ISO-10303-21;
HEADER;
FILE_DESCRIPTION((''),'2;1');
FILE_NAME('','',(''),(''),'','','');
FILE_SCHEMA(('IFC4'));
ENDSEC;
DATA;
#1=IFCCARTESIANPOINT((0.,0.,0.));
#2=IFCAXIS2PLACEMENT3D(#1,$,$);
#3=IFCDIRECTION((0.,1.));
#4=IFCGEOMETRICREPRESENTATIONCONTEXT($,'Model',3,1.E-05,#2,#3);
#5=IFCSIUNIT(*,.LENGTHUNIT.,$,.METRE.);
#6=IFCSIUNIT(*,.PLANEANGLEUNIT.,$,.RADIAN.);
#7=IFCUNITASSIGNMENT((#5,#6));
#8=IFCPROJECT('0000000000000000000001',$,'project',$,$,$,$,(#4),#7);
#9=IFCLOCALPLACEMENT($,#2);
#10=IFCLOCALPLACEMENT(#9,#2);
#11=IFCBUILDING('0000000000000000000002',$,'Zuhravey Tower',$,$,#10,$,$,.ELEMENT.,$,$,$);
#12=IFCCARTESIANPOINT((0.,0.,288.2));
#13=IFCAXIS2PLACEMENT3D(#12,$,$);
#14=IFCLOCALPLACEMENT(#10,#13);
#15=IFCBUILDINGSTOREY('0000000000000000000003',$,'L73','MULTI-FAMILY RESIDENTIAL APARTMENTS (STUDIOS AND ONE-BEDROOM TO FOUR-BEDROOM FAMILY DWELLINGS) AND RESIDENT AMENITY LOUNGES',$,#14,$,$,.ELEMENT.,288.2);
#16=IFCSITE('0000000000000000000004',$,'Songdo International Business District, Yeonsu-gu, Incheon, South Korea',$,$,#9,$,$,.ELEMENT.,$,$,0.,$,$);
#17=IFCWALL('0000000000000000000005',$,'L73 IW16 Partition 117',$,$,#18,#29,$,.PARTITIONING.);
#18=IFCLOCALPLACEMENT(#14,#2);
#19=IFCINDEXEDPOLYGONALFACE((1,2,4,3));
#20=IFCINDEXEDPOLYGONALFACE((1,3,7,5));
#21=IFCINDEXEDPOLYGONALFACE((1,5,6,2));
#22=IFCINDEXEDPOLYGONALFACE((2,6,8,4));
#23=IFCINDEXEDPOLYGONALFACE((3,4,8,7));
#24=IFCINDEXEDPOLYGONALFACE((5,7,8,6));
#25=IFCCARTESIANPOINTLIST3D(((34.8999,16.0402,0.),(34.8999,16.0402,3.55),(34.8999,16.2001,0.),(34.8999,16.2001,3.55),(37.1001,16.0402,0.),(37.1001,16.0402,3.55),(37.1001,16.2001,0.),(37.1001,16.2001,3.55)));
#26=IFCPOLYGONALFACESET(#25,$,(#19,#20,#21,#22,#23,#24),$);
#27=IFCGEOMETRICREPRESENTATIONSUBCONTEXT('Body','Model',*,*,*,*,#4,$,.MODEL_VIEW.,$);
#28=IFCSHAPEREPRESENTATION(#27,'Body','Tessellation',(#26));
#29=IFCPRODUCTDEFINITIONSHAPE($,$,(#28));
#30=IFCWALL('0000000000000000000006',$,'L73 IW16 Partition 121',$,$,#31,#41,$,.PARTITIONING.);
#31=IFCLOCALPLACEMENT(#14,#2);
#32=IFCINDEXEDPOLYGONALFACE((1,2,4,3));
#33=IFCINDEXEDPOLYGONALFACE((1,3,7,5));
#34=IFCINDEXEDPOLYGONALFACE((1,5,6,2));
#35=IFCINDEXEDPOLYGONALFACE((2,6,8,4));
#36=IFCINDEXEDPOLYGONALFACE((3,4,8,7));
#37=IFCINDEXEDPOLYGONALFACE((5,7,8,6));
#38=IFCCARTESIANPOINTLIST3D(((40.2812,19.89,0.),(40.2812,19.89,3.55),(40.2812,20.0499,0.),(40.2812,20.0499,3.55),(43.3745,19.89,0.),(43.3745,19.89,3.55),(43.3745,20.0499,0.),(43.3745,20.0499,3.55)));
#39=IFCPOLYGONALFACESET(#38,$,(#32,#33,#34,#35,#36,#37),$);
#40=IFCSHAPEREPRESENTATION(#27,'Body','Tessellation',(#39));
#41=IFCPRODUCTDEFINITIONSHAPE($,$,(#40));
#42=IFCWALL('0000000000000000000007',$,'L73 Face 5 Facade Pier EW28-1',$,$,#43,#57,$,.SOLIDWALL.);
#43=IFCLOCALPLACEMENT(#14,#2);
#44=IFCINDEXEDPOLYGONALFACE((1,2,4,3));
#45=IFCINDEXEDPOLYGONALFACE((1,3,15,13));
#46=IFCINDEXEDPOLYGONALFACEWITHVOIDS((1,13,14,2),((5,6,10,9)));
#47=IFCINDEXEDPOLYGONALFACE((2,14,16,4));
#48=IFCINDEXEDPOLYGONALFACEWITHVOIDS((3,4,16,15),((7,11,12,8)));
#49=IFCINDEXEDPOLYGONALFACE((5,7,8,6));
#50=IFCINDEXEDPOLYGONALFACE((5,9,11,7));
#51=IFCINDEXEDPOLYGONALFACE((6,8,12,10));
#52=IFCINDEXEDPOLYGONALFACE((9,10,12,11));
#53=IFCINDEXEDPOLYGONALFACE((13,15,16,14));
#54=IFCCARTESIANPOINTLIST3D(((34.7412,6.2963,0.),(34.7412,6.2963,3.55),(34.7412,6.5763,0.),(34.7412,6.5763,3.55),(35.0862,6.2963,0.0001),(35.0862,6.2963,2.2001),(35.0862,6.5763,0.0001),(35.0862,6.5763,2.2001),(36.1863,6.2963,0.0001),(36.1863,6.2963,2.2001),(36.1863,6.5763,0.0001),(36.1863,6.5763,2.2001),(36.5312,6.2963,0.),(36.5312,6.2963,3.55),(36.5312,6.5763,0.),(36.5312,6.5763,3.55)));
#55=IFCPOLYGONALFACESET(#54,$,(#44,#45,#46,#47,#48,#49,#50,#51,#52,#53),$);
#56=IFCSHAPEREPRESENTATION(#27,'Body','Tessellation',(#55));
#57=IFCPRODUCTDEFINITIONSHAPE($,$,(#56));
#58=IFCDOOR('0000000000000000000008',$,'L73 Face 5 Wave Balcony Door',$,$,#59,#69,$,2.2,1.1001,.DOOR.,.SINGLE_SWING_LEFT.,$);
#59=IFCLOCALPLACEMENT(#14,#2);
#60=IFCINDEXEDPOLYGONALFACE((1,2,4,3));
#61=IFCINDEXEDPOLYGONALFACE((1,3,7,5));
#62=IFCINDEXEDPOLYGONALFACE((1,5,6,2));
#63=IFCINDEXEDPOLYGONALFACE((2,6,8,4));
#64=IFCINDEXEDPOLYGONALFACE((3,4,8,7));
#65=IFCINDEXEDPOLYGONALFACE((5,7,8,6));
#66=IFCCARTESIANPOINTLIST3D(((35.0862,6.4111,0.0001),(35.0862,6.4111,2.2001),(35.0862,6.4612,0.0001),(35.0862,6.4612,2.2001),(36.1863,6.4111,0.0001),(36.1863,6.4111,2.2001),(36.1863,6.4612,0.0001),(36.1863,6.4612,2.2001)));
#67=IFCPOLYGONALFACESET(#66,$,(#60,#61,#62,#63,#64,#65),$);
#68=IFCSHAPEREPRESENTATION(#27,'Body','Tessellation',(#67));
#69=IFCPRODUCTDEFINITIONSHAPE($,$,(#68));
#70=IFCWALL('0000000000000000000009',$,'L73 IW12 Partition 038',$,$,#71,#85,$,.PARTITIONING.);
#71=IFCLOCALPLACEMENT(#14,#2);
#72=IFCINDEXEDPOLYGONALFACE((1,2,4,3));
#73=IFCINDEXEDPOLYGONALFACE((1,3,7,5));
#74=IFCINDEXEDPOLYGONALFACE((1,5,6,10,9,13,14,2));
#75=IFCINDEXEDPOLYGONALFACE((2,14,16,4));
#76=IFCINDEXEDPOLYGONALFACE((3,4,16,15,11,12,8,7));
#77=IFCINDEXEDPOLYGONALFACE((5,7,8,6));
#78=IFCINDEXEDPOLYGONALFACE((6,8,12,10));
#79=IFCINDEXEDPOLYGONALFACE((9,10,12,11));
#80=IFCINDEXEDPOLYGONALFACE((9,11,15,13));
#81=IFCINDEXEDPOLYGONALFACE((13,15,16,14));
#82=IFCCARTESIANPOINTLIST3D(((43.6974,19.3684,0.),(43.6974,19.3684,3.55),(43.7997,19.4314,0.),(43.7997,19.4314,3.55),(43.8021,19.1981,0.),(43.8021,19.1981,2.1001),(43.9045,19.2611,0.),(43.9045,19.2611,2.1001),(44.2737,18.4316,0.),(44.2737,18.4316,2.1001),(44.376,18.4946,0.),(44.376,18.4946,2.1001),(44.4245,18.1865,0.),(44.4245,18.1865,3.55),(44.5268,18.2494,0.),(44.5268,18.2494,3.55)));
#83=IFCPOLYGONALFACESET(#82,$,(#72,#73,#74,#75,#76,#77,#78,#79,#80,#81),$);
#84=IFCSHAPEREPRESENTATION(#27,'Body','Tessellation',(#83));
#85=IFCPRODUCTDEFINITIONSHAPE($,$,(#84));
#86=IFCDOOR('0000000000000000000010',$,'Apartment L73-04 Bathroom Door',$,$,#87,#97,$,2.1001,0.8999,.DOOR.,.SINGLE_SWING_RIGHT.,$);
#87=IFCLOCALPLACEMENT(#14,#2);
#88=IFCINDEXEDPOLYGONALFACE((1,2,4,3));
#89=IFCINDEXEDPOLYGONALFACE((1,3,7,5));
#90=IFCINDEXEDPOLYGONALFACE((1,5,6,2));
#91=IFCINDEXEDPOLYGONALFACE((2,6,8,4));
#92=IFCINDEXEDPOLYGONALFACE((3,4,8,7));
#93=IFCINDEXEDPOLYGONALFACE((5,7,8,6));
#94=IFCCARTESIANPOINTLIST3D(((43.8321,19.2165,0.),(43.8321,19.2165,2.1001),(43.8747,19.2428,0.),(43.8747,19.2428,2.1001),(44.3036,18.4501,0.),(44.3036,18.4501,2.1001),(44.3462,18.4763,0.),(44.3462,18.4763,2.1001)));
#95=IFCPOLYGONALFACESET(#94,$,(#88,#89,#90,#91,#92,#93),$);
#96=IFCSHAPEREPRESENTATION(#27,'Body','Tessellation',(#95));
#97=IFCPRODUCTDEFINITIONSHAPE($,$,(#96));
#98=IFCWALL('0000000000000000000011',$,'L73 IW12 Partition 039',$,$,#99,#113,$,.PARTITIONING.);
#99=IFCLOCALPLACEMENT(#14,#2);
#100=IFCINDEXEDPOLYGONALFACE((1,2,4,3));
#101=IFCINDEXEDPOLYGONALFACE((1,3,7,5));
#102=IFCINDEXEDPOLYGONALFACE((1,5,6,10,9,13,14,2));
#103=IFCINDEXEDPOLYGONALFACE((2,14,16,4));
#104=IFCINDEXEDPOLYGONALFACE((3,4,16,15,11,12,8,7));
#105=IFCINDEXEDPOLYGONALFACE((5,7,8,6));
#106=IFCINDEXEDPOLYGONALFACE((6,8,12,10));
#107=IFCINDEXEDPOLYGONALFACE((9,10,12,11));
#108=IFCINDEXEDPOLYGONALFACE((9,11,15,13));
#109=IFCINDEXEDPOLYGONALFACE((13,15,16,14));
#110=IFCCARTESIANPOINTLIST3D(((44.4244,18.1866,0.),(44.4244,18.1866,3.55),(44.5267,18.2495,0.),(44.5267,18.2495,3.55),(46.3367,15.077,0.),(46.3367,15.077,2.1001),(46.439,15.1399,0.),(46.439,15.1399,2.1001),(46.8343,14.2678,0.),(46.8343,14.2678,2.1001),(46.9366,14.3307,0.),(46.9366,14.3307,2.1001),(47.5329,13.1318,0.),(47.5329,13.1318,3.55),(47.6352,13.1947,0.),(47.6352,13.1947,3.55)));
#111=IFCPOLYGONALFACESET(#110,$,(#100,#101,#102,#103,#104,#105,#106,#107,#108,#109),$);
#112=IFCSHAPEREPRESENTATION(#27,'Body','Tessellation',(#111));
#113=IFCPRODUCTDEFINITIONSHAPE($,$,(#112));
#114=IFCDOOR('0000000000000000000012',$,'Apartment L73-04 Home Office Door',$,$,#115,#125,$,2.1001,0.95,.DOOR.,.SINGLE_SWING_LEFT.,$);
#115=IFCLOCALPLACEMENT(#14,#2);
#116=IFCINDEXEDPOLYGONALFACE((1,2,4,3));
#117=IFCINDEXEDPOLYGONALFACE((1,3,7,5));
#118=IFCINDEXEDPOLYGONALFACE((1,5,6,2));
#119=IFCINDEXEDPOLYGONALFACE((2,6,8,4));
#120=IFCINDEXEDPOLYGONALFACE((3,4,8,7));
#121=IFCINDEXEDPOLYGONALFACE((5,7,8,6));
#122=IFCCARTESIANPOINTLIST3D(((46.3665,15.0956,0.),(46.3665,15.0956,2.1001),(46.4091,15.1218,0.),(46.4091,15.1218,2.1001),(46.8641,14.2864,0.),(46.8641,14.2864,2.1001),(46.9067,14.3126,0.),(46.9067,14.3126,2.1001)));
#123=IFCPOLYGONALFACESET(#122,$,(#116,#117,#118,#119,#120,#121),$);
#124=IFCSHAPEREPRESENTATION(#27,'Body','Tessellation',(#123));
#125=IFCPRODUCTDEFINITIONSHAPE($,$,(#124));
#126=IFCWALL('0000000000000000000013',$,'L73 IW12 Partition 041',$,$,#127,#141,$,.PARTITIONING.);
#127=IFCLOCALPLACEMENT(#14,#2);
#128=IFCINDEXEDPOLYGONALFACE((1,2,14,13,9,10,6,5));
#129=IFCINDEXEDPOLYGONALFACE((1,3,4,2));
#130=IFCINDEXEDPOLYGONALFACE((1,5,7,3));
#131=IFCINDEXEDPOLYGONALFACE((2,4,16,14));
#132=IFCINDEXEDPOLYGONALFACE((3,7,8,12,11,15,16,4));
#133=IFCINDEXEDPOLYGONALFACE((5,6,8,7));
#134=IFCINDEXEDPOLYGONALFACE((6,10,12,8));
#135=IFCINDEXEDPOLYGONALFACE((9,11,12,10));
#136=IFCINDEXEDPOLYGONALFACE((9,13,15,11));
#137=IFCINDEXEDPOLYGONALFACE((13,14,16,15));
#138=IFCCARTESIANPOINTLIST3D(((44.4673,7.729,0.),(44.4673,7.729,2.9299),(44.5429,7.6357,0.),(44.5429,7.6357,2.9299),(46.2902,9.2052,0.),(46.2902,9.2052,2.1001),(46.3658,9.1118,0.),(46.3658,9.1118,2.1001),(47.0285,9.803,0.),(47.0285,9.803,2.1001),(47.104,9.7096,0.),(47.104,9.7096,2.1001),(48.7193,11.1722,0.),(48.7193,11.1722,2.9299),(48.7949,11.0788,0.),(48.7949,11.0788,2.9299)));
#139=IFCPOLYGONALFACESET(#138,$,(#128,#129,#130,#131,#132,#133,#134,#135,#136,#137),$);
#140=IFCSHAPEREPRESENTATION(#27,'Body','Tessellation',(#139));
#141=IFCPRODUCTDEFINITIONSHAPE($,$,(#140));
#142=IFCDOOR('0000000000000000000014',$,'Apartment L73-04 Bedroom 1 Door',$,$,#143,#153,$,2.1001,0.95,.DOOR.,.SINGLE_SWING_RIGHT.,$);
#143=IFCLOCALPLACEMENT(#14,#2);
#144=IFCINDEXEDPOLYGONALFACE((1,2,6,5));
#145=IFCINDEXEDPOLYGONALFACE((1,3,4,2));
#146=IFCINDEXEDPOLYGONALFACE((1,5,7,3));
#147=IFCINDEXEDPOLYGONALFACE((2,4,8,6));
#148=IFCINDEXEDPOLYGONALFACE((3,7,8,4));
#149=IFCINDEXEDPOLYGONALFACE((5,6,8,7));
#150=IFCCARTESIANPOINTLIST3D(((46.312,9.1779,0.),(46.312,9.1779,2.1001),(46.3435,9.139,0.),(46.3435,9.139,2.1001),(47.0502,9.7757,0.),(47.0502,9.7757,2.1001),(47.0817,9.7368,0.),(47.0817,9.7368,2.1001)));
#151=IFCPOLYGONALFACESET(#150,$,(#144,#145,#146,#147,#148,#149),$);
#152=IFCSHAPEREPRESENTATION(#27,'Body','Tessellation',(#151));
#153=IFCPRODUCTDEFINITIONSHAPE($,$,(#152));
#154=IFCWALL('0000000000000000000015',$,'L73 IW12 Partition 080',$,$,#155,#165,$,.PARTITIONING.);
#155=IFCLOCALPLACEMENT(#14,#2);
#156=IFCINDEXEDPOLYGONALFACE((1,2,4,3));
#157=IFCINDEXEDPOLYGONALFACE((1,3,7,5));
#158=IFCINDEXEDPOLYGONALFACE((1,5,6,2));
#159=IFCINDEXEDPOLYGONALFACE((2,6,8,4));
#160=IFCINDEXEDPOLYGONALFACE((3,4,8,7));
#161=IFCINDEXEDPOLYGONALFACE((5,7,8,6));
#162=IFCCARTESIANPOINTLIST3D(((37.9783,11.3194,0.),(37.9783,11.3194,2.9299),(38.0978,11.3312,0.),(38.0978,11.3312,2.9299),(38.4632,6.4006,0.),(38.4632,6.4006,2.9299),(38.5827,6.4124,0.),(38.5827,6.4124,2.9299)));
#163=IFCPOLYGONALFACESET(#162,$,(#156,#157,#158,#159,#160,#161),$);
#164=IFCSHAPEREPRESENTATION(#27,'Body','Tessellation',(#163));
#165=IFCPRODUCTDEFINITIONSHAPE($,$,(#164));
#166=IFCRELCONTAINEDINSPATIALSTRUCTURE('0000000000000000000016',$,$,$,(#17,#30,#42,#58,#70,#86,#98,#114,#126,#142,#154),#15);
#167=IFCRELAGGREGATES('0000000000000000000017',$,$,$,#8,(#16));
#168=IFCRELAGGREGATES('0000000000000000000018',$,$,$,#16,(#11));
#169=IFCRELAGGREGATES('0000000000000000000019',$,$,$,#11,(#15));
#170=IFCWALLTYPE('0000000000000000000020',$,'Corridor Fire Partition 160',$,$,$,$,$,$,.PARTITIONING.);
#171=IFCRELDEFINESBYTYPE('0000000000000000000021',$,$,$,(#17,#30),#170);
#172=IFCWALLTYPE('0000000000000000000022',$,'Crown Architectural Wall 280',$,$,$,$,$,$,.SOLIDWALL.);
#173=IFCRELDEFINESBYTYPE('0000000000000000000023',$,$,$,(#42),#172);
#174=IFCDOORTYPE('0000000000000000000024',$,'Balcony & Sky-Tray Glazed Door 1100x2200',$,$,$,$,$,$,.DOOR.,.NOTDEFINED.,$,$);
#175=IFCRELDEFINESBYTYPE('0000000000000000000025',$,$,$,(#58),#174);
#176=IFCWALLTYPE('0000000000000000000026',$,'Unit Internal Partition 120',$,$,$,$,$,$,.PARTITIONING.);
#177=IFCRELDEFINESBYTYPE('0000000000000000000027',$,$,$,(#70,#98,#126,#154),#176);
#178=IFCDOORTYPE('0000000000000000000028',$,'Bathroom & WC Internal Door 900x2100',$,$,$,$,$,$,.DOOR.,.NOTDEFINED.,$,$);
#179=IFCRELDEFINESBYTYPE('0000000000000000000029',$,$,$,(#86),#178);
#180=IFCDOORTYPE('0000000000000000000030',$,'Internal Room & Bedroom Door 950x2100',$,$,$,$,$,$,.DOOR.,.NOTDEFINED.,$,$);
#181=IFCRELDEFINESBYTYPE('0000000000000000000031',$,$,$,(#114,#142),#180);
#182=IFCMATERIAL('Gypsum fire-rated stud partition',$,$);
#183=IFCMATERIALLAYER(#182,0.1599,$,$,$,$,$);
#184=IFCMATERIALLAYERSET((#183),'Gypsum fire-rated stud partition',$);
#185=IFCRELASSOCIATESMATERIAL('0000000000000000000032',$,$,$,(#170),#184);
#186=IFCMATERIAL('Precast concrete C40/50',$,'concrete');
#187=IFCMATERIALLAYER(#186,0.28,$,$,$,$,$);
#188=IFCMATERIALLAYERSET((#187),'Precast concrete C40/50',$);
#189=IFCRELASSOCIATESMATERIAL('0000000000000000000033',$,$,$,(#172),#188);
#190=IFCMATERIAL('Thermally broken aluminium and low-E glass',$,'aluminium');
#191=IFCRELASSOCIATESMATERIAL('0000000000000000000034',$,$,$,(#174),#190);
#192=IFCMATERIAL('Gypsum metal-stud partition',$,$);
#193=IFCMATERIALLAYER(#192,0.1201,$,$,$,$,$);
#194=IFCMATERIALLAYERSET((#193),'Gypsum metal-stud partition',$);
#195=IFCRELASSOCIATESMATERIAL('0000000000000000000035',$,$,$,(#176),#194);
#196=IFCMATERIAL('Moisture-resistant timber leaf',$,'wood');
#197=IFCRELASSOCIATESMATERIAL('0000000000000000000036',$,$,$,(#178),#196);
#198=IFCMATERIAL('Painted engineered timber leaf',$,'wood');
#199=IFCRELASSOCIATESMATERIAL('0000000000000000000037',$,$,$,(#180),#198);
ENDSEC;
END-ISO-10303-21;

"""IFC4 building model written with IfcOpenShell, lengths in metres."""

from ifc_helpers import new_model, si_unit, direction, frame, frame_2d, origin, place, context, subcontext, project, spatial, rectangle, extrude, material, layer, layer_set, type_object, element, fill, save


model = new_model("IFC4")

# Units and contexts
model_context = context("Model", 3, precision=1e-05, world=origin(), true_north=direction((0.0, 1.0)))
body_context = subcontext(model_context, "Body", "Model", "MODEL_VIEW")
ifc_project = project(units=[si_unit("LENGTHUNIT", "METRE"), si_unit("PLANEANGLEUNIT", "RADIAN")], contexts=[model_context])

# Site, building, storey
site_placement = place(None, origin())
site = spatial("IfcSite", under=ifc_project, at=site_placement, Name="Songdo International Business District, Yeonsu-gu, Incheon, South Korea", CompositionType="ELEMENT", RefElevation=0.0)
building_placement = place(site_placement, origin())
building = spatial("IfcBuilding", under=site, at=building_placement, Name="Zuhravey Tower", CompositionType="ELEMENT")
storey_placement = place(building_placement, frame((0.0, 0.0, 288.2)))
storey = spatial("IfcBuildingStorey", under=building, at=storey_placement, Name="L73", Description="MULTI-FAMILY RESIDENTIAL APARTMENTS (STUDIOS AND ONE-BEDROOM TO FOUR-BEDROOM FAMILY DWELLINGS) AND RESIDENT AMENITY LOUNGES", CompositionType="ELEMENT", Elevation=288.2)

# Shared definitions
ifc_material_1 = material(Name="Gypsum fire-rated stud partition")
ifc_layer_1 = layer(ifc_material_1, 0.1599)
ifc_layer_set_1 = layer_set([ifc_layer_1], Name="Gypsum fire-rated stud partition")
wall_type_1 = type_object("IfcWallType", Name="Corridor Fire Partition 160", PredefinedType="PARTITIONING", material=ifc_layer_set_1)

# Walls
wall_1_placement = place(storey_placement, frame((34.8999, 16.1201, 0.0), z_axis=(0.0, 0.0, 1.0), x_axis=(1.0, 0.0, 0.0)))
element("IfcWall", 1, at=wall_1_placement, inside=storey, type_object=wall_type_1, Name="L73 IW16 Partition 117", PredefinedType="PARTITIONING", context=body_context, shape_type="SweptSolid", body=[
    extrude(rectangle(XDim=2.2002, YDim=0.1599, at=frame_2d((1.1001, 0.0))), origin(), (0.0, 0.0, 1.0), 3.55),
])
wall_2_placement = place(storey_placement, frame((40.2812, 19.97, 0.0), z_axis=(0.0, 0.0, 1.0), x_axis=(1.0, 0.0, 0.0)))
element("IfcWall", 2, at=wall_2_placement, inside=storey, type_object=wall_type_1, Name="L73 IW16 Partition 121", PredefinedType="PARTITIONING", context=body_context, shape_type="SweptSolid", body=[
    extrude(rectangle(XDim=3.0933, YDim=0.1599, at=frame_2d((1.5466, 0.0))), origin(), (0.0, 0.0, 1.0), 3.55),
])

# Walls, openings, doors
ifc_material_2 = material(Name="Precast concrete C40/50", Category="concrete")
ifc_layer_2 = layer(ifc_material_2, 0.28)
ifc_layer_set_2 = layer_set([ifc_layer_2], Name="Precast concrete C40/50")
wall_type_2 = type_object("IfcWallType", Name="Crown Architectural Wall 280", PredefinedType="SOLIDWALL", material=ifc_layer_set_2)
wall_3_placement = place(storey_placement, frame((36.5312, 6.4363, 0.0), z_axis=(0.0, 0.0, 1.0), x_axis=(-1.0, 0.0, 0.0)))
wall_3 = element("IfcWall", 3, at=wall_3_placement, inside=storey, type_object=wall_type_2, Name="L73 Face 5 Facade Pier EW28-1", PredefinedType="SOLIDWALL", context=body_context, shape_type="SweptSolid", body=[
    extrude(rectangle(XDim=1.79, YDim=0.28, at=frame_2d((0.895, 0.0))), origin(), (0.0, 0.0, 1.0), 3.55),
])
opening_1_placement = place(wall_3_placement, frame((0.345, 0.0, 0.0)))
opening_1 = element("IfcOpeningElement", 4, at=opening_1_placement, cuts=wall_3, PredefinedType="OPENING", context=body_context, shape_type="SweptSolid", body=[
    extrude(rectangle(XDim=1.1001, YDim=2.2, at=frame_2d((0.55, 1.1001))), frame((0.0, 0.1521, 0.0), z_axis=(0.0, -1.0, 0.0), x_axis=(1.0, 0.0, 0.0)), (0.0, 0.0, 1.0), 0.304),
])
ifc_material_3 = material(Name="Thermally broken aluminium and low-E glass", Category="aluminium")
door_type_1 = type_object("IfcDoorType", Name="Balcony & Sky-Tray Glazed Door 1100x2200", OperationType="NOTDEFINED", PredefinedType="DOOR", material=ifc_material_3)
door_1_placement = place(opening_1_placement, frame((1.1001, 0.0, 0.0), z_axis=(0.0, 0.0, 1.0), x_axis=(-1.0, 0.0, 0.0)))
door_1 = element("IfcDoor", 5, at=door_1_placement, inside=storey, type_object=door_type_1, Name="L73 Face 5 Wave Balcony Door", OperationType="SINGLE_SWING_LEFT", OverallHeight=2.2, OverallWidth=1.1001, PredefinedType="DOOR", context=body_context, shape_type="SweptSolid", body=[
    extrude(rectangle(XDim=1.1001, YDim=2.2, at=frame_2d((0.55, 1.1001))), frame((0.0, 0.0249, 0.0), z_axis=(0.0, -1.0, 0.0), x_axis=(1.0, 0.0, 0.0)), (0.0, 0.0, 1.0), 0.05),
])
fill(opening_1, door_1)
ifc_material_4 = material(Name="Gypsum metal-stud partition")
ifc_layer_3 = layer(ifc_material_4, 0.1201)
ifc_layer_set_3 = layer_set([ifc_layer_3], Name="Gypsum metal-stud partition")
wall_type_3 = type_object("IfcWallType", Name="Unit Internal Partition 120", PredefinedType="PARTITIONING", material=ifc_layer_set_3)
wall_4_placement = place(storey_placement, frame((43.7485, 19.3999, 0.0), z_axis=(0.0, 0.0, 1.0), x_axis=(0.52396, -0.851743, 0.0)))
wall_4 = element("IfcWall", 6, at=wall_4_placement, inside=storey, type_object=wall_type_3, Name="L73 IW12 Partition 038", PredefinedType="PARTITIONING", context=body_context, shape_type="SweptSolid", body=[
    extrude(rectangle(XDim=1.3877, YDim=0.1201, at=frame_2d((0.6938, 0.0))), origin(), (0.0, 0.0, 1.0), 3.55),
])
opening_2_placement = place(wall_4_placement, frame((0.2, 0.0, 0.0)))
opening_2 = element("IfcOpeningElement", 7, at=opening_2_placement, cuts=wall_4, PredefinedType="OPENING", context=body_context, shape_type="SweptSolid", body=[
    extrude(rectangle(XDim=0.8999, YDim=2.1001, at=frame_2d((0.45, 1.05))), frame((0.0, 0.072, 0.0), z_axis=(0.0, -1.0, 0.0), x_axis=(1.0, 0.0, 0.0)), (0.0, 0.0, 1.0), 0.144),
])
ifc_material_5 = material(Name="Moisture-resistant timber leaf", Category="wood")
door_type_2 = type_object("IfcDoorType", Name="Bathroom & WC Internal Door 900x2100", OperationType="NOTDEFINED", PredefinedType="DOOR", material=ifc_material_5)
door_2_placement = place(opening_2_placement, frame((0.8999, 0.0, 0.0), z_axis=(0.0, 0.0, 1.0), x_axis=(-1.0, 0.0, 0.0)))
door_2 = element("IfcDoor", 8, at=door_2_placement, inside=storey, type_object=door_type_2, Name="Apartment L73-04 Bathroom Door", OperationType="SINGLE_SWING_RIGHT", OverallHeight=2.1001, OverallWidth=0.8999, PredefinedType="DOOR", context=body_context, shape_type="SweptSolid", body=[
    extrude(rectangle(XDim=0.8999, YDim=2.1001, at=frame_2d((0.45, 1.05))), frame((0.0, 0.0249, 0.0), z_axis=(0.0, -1.0, 0.0), x_axis=(1.0, 0.0, 0.0)), (0.0, 0.0, 1.0), 0.05),
])
fill(opening_2, door_2)
wall_5_placement = place(storey_placement, frame((44.4756, 18.218, 0.0), z_axis=(0.0, 0.0, 1.0), x_axis=(0.523831, -0.851822, 0.0)))
wall_5 = element("IfcWall", 9, at=wall_5_placement, inside=storey, type_object=wall_type_3, Name="L73 IW12 Partition 039", PredefinedType="PARTITIONING", context=body_context, shape_type="SweptSolid", body=[
    extrude(rectangle(XDim=5.9341, YDim=0.1201, at=frame_2d((2.967, 0.0))), origin(), (0.0, 0.0, 1.0), 3.55),
])
opening_3_placement = place(wall_5_placement, frame((3.6504, 0.0, 0.0)))
opening_3 = element("IfcOpeningElement", 10, at=opening_3_placement, cuts=wall_5, PredefinedType="OPENING", context=body_context, shape_type="SweptSolid", body=[
    extrude(rectangle(XDim=0.95, YDim=2.1001, at=frame_2d((0.4751, 1.05))), frame((0.0, 0.072, 0.0), z_axis=(0.0, -1.0, 0.0), x_axis=(1.0, 0.0, 0.0)), (0.0, 0.0, 1.0), 0.144),
])
ifc_material_6 = material(Name="Painted engineered timber leaf", Category="wood")
door_type_3 = type_object("IfcDoorType", Name="Internal Room & Bedroom Door 950x2100", OperationType="NOTDEFINED", PredefinedType="DOOR", material=ifc_material_6)
door_3_placement = place(opening_3_placement, frame((0.95, 0.0, 0.0), z_axis=(0.0, 0.0, 1.0), x_axis=(-1.0, 0.0, 0.0)))
door_3 = element("IfcDoor", 11, at=door_3_placement, inside=storey, type_object=door_type_3, Name="Apartment L73-04 Home Office Door", OperationType="SINGLE_SWING_LEFT", OverallHeight=2.1001, OverallWidth=0.95, PredefinedType="DOOR", context=body_context, shape_type="SweptSolid", body=[
    extrude(rectangle(XDim=0.95, YDim=2.1001, at=frame_2d((0.4751, 1.05))), frame((0.0, 0.0249, 0.0), z_axis=(0.0, -1.0, 0.0), x_axis=(1.0, 0.0, 0.0)), (0.0, 0.0, 1.0), 0.05),
])
fill(opening_3, door_3)
wall_6_placement = place(storey_placement, frame((44.5051, 7.6824, 0.0), z_axis=(0.0, 0.0, 1.0), x_axis=(0.77715, 0.629315, 0.0)))
wall_6 = element("IfcWall", 12, at=wall_6_placement, inside=storey, type_object=wall_type_3, Name="L73 IW12 Partition 041", PredefinedType="PARTITIONING", context=body_context, shape_type="SweptSolid", body=[
    extrude(rectangle(XDim=5.4712, YDim=0.1201, at=frame_2d((2.7356, 0.0))), origin(), (0.0, 0.0, 1.0), 2.9299),
])
opening_4_placement = place(wall_6_placement, frame((2.3455, 0.0, 0.0)))
opening_4 = element("IfcOpeningElement", 13, at=opening_4_placement, cuts=wall_6, PredefinedType="OPENING", context=body_context, shape_type="SweptSolid", body=[
    extrude(rectangle(XDim=0.95, YDim=2.1001, at=frame_2d((0.4751, 1.05))), frame((0.0, 0.072, 0.0), z_axis=(0.0, -1.0, 0.0), x_axis=(1.0, 0.0, 0.0)), (0.0, 0.0, 1.0), 0.144),
])
door_4_placement = place(opening_4_placement, frame((0.95, 0.0, 0.0), z_axis=(0.0, 0.0, 1.0), x_axis=(-1.0, 0.0, 0.0)))
door_4 = element("IfcDoor", 14, at=door_4_placement, inside=storey, type_object=door_type_3, Name="Apartment L73-04 Bedroom 1 Door", OperationType="SINGLE_SWING_RIGHT", OverallHeight=2.1001, OverallWidth=0.95, PredefinedType="DOOR", context=body_context, shape_type="SweptSolid", body=[
    extrude(rectangle(XDim=0.95, YDim=2.1001, at=frame_2d((0.4751, 1.05))), frame((0.0, 0.0249, 0.0), z_axis=(0.0, -1.0, 0.0), x_axis=(1.0, 0.0, 0.0)), (0.0, 0.0, 1.0), 0.05),
])
fill(opening_4, door_4)

# Wall
wall_7_placement = place(storey_placement, frame((38.0381, 11.3252, 0.0), z_axis=(0.0, 0.0, 1.0), x_axis=(0.0981, -0.995177, 0.0)))
element("IfcWall", 15, at=wall_7_placement, inside=storey, type_object=wall_type_3, Name="L73 IW12 Partition 080", PredefinedType="PARTITIONING", context=body_context, shape_type="SweptSolid", body=[
    extrude(rectangle(XDim=4.9426, YDim=0.1201, at=frame_2d((2.4712, 0.0))), origin(), (0.0, 0.0, 1.0), 2.9299),
])

save(model, "model.ifc")
